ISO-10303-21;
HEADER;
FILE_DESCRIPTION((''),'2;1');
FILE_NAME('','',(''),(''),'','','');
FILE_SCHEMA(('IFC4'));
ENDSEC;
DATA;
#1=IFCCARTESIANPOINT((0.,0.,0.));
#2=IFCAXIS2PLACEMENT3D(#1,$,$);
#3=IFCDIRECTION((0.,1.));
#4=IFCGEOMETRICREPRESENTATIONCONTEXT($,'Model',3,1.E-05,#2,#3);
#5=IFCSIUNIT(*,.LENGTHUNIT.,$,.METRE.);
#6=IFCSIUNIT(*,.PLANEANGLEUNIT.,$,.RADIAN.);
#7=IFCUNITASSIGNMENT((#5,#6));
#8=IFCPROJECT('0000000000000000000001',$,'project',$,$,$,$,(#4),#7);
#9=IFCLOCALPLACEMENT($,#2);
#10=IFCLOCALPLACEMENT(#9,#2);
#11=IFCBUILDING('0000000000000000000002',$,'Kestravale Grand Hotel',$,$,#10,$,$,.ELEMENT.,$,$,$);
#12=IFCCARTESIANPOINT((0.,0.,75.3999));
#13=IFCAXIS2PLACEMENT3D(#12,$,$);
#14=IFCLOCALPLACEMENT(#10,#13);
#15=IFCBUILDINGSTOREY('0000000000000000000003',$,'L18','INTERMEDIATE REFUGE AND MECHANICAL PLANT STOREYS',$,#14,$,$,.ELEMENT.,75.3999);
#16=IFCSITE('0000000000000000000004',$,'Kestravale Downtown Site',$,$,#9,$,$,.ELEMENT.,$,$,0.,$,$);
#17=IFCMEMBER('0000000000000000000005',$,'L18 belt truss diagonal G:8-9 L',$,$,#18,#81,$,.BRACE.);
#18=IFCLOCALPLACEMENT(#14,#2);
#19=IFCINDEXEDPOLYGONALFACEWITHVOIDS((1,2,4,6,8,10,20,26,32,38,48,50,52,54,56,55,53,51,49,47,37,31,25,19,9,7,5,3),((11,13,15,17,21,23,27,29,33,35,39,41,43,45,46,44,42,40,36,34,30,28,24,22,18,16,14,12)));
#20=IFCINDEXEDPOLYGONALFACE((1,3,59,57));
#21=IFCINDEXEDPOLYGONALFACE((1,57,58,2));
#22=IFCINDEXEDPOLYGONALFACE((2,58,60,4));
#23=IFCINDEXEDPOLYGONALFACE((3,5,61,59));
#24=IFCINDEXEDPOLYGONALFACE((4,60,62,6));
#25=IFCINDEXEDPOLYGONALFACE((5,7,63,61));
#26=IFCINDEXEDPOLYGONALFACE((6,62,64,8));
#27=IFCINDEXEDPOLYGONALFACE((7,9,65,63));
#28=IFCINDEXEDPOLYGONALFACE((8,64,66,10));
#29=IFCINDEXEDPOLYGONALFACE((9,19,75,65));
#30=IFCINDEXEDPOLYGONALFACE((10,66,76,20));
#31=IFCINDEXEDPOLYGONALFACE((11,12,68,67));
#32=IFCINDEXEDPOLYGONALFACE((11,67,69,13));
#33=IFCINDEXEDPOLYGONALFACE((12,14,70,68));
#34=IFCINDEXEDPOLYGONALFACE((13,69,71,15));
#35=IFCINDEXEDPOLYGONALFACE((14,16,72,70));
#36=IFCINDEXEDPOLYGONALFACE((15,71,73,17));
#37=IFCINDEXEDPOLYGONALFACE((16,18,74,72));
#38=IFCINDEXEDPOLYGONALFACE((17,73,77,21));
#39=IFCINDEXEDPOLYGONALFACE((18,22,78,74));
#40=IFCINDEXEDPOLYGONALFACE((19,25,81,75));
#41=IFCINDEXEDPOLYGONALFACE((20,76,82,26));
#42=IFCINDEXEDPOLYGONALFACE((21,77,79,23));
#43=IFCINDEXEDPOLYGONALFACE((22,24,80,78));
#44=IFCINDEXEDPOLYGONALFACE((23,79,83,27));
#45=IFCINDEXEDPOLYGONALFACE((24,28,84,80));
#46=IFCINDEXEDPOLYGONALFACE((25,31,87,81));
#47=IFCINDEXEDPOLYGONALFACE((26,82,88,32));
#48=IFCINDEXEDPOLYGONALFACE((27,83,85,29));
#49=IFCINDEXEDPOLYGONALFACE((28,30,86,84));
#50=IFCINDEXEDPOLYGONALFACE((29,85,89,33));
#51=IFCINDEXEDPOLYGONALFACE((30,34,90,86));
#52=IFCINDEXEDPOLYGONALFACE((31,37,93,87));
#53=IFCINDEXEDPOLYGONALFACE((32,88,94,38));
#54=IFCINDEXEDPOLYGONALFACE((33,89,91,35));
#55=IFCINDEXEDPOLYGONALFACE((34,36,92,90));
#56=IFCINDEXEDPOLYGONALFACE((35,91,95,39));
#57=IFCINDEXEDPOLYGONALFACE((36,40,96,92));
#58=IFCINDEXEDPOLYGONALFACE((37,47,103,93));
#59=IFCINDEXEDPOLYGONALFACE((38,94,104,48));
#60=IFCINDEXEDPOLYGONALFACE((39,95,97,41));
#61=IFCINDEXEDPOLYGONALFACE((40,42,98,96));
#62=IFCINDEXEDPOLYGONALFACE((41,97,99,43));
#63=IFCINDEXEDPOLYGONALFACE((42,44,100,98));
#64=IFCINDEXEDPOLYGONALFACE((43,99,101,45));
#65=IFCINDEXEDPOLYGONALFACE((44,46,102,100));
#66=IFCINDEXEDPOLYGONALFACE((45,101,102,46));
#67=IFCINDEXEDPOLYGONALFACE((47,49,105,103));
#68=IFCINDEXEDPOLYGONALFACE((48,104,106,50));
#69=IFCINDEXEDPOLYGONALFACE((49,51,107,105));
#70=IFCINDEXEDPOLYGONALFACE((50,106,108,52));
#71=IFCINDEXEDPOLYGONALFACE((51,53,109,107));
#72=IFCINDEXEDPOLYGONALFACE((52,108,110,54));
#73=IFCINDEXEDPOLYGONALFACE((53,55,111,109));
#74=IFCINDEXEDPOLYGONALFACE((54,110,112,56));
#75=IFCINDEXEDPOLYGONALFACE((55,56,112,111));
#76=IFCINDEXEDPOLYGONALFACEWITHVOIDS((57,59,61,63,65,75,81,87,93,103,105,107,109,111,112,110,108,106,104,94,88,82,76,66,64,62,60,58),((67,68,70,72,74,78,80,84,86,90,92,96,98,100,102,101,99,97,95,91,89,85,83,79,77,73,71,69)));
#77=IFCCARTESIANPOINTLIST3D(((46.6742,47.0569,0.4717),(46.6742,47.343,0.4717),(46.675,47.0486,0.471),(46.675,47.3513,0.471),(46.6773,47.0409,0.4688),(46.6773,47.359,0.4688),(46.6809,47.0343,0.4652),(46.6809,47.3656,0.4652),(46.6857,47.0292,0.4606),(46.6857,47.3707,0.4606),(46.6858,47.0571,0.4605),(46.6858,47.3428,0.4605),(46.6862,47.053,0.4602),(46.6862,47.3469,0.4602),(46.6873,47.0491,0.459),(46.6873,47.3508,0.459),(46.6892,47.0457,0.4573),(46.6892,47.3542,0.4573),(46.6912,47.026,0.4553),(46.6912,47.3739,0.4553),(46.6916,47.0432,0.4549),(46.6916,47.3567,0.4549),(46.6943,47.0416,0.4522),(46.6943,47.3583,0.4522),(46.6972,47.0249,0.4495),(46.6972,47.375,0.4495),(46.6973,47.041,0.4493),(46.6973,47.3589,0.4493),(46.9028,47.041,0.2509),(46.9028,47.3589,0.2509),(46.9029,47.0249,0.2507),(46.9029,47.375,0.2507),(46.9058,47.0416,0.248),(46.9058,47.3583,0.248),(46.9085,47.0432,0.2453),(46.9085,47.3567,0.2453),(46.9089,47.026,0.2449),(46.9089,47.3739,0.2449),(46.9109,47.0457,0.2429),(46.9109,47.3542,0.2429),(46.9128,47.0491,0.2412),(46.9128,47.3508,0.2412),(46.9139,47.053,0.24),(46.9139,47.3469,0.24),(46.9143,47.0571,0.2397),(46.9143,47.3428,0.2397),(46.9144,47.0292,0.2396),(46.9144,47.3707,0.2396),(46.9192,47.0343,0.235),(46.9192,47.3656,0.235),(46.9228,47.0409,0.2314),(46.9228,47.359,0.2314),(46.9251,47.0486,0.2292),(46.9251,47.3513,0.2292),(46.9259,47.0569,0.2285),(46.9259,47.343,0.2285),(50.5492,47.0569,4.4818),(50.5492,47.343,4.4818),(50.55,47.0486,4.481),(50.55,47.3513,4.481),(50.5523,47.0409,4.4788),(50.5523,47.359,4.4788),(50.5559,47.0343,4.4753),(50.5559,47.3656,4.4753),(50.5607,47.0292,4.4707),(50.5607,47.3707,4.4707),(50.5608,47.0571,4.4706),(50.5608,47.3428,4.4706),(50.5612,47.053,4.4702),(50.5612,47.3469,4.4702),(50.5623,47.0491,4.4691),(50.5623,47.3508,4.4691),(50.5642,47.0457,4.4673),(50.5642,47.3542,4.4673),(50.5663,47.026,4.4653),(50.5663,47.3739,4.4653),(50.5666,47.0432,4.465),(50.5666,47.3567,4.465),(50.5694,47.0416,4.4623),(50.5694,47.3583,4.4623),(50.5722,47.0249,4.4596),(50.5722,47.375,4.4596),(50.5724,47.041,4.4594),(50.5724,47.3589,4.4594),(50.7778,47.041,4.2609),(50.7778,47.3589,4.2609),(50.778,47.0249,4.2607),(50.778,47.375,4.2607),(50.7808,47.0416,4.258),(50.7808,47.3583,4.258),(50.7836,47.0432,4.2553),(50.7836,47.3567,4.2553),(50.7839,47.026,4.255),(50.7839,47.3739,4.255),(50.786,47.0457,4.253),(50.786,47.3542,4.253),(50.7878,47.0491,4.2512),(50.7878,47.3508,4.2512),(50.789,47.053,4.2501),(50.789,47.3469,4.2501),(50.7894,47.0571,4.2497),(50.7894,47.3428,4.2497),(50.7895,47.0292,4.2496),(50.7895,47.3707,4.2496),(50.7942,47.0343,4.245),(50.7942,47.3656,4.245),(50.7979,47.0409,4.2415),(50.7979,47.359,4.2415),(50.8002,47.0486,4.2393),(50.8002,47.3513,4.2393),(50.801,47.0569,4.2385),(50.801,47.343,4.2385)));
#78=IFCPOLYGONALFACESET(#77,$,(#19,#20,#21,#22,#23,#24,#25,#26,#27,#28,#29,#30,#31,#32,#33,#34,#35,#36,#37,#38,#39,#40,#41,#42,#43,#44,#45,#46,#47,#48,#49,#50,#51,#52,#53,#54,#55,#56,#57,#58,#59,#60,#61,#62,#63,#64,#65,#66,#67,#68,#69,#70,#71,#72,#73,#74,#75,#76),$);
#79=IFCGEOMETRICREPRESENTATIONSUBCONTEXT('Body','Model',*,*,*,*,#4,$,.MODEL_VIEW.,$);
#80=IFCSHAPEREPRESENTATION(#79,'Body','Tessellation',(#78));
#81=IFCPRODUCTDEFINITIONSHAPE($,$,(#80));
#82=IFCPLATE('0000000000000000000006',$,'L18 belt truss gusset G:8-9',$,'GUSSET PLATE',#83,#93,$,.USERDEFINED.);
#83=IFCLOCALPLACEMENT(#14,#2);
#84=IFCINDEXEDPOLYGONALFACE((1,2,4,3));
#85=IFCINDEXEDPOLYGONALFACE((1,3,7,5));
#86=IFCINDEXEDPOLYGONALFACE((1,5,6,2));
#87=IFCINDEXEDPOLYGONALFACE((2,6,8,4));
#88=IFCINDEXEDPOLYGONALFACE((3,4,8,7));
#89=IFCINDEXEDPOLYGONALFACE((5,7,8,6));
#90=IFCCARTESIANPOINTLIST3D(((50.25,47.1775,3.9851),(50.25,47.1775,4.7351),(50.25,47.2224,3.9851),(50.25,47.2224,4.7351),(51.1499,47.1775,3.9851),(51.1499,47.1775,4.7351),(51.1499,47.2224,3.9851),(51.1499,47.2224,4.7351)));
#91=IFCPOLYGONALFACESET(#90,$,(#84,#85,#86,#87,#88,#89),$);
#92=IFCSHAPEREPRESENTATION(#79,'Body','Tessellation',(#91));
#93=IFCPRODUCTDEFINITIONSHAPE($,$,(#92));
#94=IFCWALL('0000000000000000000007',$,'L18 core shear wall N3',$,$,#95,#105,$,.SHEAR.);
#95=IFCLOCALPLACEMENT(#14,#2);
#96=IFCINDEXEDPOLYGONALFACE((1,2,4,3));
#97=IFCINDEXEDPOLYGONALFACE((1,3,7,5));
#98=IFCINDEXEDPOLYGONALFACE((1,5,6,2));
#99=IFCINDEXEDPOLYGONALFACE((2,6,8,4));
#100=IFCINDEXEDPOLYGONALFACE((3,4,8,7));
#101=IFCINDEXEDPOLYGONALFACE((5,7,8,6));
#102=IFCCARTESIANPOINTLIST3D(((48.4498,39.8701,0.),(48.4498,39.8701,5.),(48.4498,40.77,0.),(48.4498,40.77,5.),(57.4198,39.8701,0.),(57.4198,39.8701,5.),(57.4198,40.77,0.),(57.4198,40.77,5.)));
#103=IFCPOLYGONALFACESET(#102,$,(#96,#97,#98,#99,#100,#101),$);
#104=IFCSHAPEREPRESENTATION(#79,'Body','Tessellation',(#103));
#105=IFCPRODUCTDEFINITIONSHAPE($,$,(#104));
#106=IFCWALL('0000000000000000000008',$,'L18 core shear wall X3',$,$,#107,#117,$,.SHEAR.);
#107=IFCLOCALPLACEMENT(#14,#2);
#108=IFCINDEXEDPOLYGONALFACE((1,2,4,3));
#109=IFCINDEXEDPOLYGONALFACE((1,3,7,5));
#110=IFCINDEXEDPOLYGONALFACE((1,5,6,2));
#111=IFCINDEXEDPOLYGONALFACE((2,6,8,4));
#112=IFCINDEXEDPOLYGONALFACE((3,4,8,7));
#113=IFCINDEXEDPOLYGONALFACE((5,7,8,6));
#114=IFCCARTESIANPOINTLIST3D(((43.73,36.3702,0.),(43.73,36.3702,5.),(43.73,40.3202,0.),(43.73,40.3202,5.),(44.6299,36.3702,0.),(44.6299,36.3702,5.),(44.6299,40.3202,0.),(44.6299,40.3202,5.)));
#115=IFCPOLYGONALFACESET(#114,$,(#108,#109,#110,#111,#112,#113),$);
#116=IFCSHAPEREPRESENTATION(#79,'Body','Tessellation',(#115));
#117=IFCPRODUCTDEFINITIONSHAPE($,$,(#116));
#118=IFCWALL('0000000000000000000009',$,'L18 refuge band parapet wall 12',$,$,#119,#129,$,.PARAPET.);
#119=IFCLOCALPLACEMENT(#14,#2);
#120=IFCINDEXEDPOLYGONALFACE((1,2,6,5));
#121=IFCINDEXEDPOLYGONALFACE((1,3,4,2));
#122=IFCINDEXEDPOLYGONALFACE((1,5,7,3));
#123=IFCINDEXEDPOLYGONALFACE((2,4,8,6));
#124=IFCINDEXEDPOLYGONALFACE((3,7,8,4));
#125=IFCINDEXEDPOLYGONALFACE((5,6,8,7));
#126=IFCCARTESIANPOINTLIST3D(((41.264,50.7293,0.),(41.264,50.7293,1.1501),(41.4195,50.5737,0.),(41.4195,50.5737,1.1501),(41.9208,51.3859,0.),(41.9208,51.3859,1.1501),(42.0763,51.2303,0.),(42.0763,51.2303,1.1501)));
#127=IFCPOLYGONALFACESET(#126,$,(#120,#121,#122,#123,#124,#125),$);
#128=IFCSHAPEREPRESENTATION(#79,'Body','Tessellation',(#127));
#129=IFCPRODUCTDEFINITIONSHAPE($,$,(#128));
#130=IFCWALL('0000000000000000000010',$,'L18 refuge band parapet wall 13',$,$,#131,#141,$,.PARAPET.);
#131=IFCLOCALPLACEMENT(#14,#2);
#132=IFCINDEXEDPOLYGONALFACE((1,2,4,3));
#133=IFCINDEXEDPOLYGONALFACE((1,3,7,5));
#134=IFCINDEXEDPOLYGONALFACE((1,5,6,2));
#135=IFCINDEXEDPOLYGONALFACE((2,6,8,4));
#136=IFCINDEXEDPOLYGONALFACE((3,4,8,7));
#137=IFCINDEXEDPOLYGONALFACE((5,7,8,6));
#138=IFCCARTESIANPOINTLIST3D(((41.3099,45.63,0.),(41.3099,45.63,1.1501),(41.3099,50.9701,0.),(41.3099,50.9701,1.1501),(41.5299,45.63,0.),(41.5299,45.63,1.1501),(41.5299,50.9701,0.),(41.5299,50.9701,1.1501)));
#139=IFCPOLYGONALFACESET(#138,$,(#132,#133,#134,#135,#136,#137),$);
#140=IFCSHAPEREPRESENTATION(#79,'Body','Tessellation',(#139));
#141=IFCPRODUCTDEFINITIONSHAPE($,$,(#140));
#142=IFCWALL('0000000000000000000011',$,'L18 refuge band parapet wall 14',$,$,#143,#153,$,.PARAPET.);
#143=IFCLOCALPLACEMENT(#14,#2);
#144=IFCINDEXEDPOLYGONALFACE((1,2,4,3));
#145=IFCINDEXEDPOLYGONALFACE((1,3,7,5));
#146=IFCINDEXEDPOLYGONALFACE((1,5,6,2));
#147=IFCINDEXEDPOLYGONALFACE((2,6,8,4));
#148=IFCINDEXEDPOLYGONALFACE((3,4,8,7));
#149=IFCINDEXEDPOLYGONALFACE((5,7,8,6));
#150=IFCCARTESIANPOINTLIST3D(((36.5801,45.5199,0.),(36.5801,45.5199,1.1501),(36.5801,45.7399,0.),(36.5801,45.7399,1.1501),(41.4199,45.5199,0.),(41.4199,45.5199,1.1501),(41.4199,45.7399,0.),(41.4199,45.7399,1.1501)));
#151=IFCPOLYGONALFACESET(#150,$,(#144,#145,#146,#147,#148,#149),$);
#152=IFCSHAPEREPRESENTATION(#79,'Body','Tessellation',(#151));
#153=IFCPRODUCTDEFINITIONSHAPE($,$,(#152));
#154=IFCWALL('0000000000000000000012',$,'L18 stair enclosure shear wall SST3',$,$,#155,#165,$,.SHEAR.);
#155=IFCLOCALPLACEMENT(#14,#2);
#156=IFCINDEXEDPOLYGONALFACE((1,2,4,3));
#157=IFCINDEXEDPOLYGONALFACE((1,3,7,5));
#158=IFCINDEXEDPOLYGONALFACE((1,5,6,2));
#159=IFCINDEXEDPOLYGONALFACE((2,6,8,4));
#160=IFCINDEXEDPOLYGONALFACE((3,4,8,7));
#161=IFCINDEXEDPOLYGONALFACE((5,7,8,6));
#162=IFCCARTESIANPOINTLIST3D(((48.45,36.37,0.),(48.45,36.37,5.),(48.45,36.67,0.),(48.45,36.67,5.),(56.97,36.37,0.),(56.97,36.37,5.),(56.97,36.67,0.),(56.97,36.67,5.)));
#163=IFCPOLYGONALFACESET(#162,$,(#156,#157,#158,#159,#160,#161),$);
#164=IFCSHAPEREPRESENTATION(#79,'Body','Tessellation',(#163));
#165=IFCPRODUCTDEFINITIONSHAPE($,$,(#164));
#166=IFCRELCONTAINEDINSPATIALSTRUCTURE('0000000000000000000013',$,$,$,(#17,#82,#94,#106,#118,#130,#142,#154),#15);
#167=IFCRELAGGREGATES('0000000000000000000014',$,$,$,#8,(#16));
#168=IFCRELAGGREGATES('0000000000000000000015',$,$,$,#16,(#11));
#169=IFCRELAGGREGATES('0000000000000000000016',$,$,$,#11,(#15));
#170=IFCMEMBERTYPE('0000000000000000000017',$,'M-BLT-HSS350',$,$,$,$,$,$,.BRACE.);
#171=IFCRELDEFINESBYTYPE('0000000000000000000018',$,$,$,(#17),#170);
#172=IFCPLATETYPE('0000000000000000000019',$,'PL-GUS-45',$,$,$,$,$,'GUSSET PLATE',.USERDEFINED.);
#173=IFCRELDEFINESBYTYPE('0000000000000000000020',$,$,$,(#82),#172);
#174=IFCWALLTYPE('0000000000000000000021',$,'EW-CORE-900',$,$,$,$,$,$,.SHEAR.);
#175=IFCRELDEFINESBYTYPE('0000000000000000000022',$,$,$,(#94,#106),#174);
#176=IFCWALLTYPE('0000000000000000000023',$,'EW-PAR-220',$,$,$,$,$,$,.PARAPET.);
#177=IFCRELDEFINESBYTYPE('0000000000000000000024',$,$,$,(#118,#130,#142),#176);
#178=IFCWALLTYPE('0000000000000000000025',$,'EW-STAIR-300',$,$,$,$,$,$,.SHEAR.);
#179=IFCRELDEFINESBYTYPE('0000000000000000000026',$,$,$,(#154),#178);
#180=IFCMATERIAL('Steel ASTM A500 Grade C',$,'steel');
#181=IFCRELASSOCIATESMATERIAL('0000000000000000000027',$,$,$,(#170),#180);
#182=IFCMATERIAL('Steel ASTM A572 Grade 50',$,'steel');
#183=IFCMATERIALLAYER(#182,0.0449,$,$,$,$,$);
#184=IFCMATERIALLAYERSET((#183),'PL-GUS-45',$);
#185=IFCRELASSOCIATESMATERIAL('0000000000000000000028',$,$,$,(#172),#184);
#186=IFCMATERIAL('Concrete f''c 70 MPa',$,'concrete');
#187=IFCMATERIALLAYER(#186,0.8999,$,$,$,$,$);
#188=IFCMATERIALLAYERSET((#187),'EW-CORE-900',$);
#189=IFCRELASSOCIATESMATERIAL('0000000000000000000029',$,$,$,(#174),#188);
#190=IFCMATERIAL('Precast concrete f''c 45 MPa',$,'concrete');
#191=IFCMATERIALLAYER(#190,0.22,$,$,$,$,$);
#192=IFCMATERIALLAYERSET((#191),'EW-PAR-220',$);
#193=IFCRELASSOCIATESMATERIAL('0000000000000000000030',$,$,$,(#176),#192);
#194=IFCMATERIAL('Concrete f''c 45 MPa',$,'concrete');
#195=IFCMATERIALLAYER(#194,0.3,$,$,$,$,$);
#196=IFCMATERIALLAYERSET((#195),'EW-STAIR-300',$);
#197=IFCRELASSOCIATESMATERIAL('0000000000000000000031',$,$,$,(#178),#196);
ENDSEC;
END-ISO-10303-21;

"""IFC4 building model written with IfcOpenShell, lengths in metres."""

from ifc_helpers import new_model, si_unit, direction, frame, frame_2d, origin, origin_2d, place, context, subcontext, project, spatial, rectangle, hollow_rectangle, extrude, material, layer, layer_set, material_profile, profile_set, type_object, element, save


model = new_model("IFC4")

# Units and contexts
model_context = context("Model", 3, precision=1e-05, world=origin(), true_north=direction((0.0, 1.0)))
body_context = subcontext(model_context, "Body", "Model", "MODEL_VIEW")
ifc_project = project(units=[si_unit("LENGTHUNIT", "METRE"), si_unit("PLANEANGLEUNIT", "RADIAN")], contexts=[model_context])

# Site, building, storey
site_placement = place(None, origin())
site = spatial("IfcSite", under=ifc_project, at=site_placement, Name="Kestravale Downtown Site", CompositionType="ELEMENT", RefElevation=0.0)
building_placement = place(site_placement, origin())
building = spatial("IfcBuilding", under=site, at=building_placement, Name="Kestravale Grand Hotel", CompositionType="ELEMENT")
storey_placement = place(building_placement, frame((0.0, 0.0, 75.3999)))
storey = spatial("IfcBuildingStorey", under=building, at=storey_placement, Name="L18", Description="INTERMEDIATE REFUGE AND MECHANICAL PLANT STOREYS", CompositionType="ELEMENT", Elevation=75.3999)

# Member
ifc_material_1 = material(Name="Steel ASTM A500 Grade C", Category="steel")
ifc_material_profile_1 = material_profile(ifc_material_1, hollow_rectangle(XDim=0.3501, YDim=0.3501, WallThickness=0.0161, InnerFilletRadius=0.0161, OuterFilletRadius=0.032, at=origin_2d()))
ifc_profile_set_1 = profile_set([ifc_material_profile_1], Name="Steel ASTM A500 Grade C")
member_type_1 = type_object("IfcMemberType", Name="M-BLT-HSS350", PredefinedType="BRACE", material=ifc_profile_set_1)
member_1_placement = place(storey_placement, frame((46.8, 47.2, 0.3501), z_axis=(0.694898, 0.0, 0.719109), x_axis=(0.0, 1.0, 0.0)))
element("IfcMember", 1, at=member_1_placement, inside=storey, type_object=member_type_1, Name="L18 belt truss diagonal G:8-9 L", PredefinedType="BRACE", context=body_context, shape_type="SweptSolid", body=[
    extrude(hollow_rectangle(XDim=0.3501, YDim=0.3501, WallThickness=0.0161, InnerFilletRadius=0.0161, OuterFilletRadius=0.032, at=origin_2d()), origin(), (0.0, 0.0, 1.0), 5.5764),
])

# Plate
ifc_material_2 = material(Name="Steel ASTM A572 Grade 50", Category="steel")
ifc_layer_1 = layer(ifc_material_2, 0.0449)
ifc_layer_set_1 = layer_set([ifc_layer_1], Name="PL-GUS-45")
plate_type = type_object("IfcPlateType", Name="PL-GUS-45", ElementType="GUSSET PLATE", PredefinedType="USERDEFINED", material=ifc_layer_set_1)
plate_placement = place(storey_placement, frame((50.7, 47.2, 3.9851), z_axis=(0.0, 0.0, 1.0), x_axis=(1.0, 0.0, 0.0)))
element("IfcPlate", 2, at=plate_placement, inside=storey, type_object=plate_type, Name="L18 belt truss gusset G:8-9", ObjectType="GUSSET PLATE", PredefinedType="USERDEFINED", context=body_context, shape_type="SweptSolid", body=[
    extrude(rectangle(XDim=0.8999, YDim=0.0449, at=origin_2d()), origin(), (0.0, 0.0, 1.0), 0.75),
])

# Walls
ifc_material_3 = material(Name="Concrete f'c 70 MPa", Category="concrete")
ifc_layer_2 = layer(ifc_material_3, 0.8999)
ifc_layer_set_2 = layer_set([ifc_layer_2], Name="EW-CORE-900")
wall_type_1 = type_object("IfcWallType", Name="EW-CORE-900", PredefinedType="SHEAR", material=ifc_layer_set_2)
wall_1_placement = place(storey_placement, frame((48.45, 40.3201, 0.0), z_axis=(0.0, 0.0, 1.0), x_axis=(1.0, 0.0, 0.0)))
element("IfcWall", 3, at=wall_1_placement, inside=storey, type_object=wall_type_1, Name="L18 core shear wall N3", PredefinedType="SHEAR", context=body_context, shape_type="SweptSolid", body=[
    extrude(rectangle(XDim=8.97, YDim=0.8999, at=frame_2d((4.4849, 0.0))), origin(), (0.0, 0.0, 1.0), 5.0),
])
wall_2_placement = place(storey_placement, frame((44.1799, 36.3701, 0.0), z_axis=(0.0, 0.0, 1.0), x_axis=(0.0, 1.0, 0.0)))
element("IfcWall", 4, at=wall_2_placement, inside=storey, type_object=wall_type_1, Name="L18 core shear wall X3", PredefinedType="SHEAR", context=body_context, shape_type="SweptSolid", body=[
    extrude(rectangle(XDim=3.95, YDim=0.8999, at=frame_2d((1.9751, 0.0))), origin(), (0.0, 0.0, 1.0), 5.0),
])
ifc_material_4 = material(Name="Precast concrete f'c 45 MPa", Category="concrete")
ifc_layer_3 = layer(ifc_material_4, 0.22)
ifc_layer_set_3 = layer_set([ifc_layer_3], Name="EW-PAR-220")
wall_type_2 = type_object("IfcWallType", Name="EW-PAR-220", PredefinedType="PARAPET", material=ifc_layer_set_3)
wall_3_placement = place(storey_placement, frame((41.9985, 51.3081, 0.0), z_axis=(0.0, 0.0, 1.0), x_axis=(-0.707238, -0.706975, 0.0)))
element("IfcWall", 5, at=wall_3_placement, inside=storey, type_object=wall_type_2, Name="L18 refuge band parapet wall 12", PredefinedType="PARAPET", context=body_context, shape_type="SweptSolid", body=[
    extrude(rectangle(XDim=0.9287, YDim=0.22, at=frame_2d((0.4644, 0.0))), origin(), (0.0, 0.0, 1.0), 1.1501),
])
wall_4_placement = place(storey_placement, frame((41.4199, 50.97, 0.0), z_axis=(0.0, 0.0, 1.0), x_axis=(0.0, -1.0, 0.0)))
element("IfcWall", 6, at=wall_4_placement, inside=storey, type_object=wall_type_2, Name="L18 refuge band parapet wall 13", PredefinedType="PARAPET", context=body_context, shape_type="SweptSolid", body=[
    extrude(rectangle(XDim=5.3401, YDim=0.22, at=frame_2d((2.6699, 0.0))), origin(), (0.0, 0.0, 1.0), 1.1501),
])
wall_5_placement = place(storey_placement, frame((41.4199, 45.6299, 0.0), z_axis=(0.0, 0.0, 1.0), x_axis=(-1.0, 0.0, 0.0)))
element("IfcWall", 7, at=wall_5_placement, inside=storey, type_object=wall_type_2, Name="L18 refuge band parapet wall 14", PredefinedType="PARAPET", context=body_context, shape_type="SweptSolid", body=[
    extrude(rectangle(XDim=4.8398, YDim=0.22, at=frame_2d((2.4199, 0.0))), origin(), (0.0, 0.0, 1.0), 1.1501),
])
ifc_material_5 = material(Name="Concrete f'c 45 MPa", Category="concrete")
ifc_layer_4 = layer(ifc_material_5, 0.3)
ifc_layer_set_4 = layer_set([ifc_layer_4], Name="EW-STAIR-300")
wall_type_3 = type_object("IfcWallType", Name="EW-STAIR-300", PredefinedType="SHEAR", material=ifc_layer_set_4)
wall_6_placement = place(storey_placement, frame((48.45, 36.52, 0.0), z_axis=(0.0, 0.0, 1.0), x_axis=(1.0, 0.0, 0.0)))
element("IfcWall", 8, at=wall_6_placement, inside=storey, type_object=wall_type_3, Name="L18 stair enclosure shear wall SST3", PredefinedType="SHEAR", context=body_context, shape_type="SweptSolid", body=[
    extrude(rectangle(XDim=8.52, YDim=0.3, at=frame_2d((4.26, 0.0))), origin(), (0.0, 0.0, 1.0), 5.0),
])

save(model, "model.ifc")
